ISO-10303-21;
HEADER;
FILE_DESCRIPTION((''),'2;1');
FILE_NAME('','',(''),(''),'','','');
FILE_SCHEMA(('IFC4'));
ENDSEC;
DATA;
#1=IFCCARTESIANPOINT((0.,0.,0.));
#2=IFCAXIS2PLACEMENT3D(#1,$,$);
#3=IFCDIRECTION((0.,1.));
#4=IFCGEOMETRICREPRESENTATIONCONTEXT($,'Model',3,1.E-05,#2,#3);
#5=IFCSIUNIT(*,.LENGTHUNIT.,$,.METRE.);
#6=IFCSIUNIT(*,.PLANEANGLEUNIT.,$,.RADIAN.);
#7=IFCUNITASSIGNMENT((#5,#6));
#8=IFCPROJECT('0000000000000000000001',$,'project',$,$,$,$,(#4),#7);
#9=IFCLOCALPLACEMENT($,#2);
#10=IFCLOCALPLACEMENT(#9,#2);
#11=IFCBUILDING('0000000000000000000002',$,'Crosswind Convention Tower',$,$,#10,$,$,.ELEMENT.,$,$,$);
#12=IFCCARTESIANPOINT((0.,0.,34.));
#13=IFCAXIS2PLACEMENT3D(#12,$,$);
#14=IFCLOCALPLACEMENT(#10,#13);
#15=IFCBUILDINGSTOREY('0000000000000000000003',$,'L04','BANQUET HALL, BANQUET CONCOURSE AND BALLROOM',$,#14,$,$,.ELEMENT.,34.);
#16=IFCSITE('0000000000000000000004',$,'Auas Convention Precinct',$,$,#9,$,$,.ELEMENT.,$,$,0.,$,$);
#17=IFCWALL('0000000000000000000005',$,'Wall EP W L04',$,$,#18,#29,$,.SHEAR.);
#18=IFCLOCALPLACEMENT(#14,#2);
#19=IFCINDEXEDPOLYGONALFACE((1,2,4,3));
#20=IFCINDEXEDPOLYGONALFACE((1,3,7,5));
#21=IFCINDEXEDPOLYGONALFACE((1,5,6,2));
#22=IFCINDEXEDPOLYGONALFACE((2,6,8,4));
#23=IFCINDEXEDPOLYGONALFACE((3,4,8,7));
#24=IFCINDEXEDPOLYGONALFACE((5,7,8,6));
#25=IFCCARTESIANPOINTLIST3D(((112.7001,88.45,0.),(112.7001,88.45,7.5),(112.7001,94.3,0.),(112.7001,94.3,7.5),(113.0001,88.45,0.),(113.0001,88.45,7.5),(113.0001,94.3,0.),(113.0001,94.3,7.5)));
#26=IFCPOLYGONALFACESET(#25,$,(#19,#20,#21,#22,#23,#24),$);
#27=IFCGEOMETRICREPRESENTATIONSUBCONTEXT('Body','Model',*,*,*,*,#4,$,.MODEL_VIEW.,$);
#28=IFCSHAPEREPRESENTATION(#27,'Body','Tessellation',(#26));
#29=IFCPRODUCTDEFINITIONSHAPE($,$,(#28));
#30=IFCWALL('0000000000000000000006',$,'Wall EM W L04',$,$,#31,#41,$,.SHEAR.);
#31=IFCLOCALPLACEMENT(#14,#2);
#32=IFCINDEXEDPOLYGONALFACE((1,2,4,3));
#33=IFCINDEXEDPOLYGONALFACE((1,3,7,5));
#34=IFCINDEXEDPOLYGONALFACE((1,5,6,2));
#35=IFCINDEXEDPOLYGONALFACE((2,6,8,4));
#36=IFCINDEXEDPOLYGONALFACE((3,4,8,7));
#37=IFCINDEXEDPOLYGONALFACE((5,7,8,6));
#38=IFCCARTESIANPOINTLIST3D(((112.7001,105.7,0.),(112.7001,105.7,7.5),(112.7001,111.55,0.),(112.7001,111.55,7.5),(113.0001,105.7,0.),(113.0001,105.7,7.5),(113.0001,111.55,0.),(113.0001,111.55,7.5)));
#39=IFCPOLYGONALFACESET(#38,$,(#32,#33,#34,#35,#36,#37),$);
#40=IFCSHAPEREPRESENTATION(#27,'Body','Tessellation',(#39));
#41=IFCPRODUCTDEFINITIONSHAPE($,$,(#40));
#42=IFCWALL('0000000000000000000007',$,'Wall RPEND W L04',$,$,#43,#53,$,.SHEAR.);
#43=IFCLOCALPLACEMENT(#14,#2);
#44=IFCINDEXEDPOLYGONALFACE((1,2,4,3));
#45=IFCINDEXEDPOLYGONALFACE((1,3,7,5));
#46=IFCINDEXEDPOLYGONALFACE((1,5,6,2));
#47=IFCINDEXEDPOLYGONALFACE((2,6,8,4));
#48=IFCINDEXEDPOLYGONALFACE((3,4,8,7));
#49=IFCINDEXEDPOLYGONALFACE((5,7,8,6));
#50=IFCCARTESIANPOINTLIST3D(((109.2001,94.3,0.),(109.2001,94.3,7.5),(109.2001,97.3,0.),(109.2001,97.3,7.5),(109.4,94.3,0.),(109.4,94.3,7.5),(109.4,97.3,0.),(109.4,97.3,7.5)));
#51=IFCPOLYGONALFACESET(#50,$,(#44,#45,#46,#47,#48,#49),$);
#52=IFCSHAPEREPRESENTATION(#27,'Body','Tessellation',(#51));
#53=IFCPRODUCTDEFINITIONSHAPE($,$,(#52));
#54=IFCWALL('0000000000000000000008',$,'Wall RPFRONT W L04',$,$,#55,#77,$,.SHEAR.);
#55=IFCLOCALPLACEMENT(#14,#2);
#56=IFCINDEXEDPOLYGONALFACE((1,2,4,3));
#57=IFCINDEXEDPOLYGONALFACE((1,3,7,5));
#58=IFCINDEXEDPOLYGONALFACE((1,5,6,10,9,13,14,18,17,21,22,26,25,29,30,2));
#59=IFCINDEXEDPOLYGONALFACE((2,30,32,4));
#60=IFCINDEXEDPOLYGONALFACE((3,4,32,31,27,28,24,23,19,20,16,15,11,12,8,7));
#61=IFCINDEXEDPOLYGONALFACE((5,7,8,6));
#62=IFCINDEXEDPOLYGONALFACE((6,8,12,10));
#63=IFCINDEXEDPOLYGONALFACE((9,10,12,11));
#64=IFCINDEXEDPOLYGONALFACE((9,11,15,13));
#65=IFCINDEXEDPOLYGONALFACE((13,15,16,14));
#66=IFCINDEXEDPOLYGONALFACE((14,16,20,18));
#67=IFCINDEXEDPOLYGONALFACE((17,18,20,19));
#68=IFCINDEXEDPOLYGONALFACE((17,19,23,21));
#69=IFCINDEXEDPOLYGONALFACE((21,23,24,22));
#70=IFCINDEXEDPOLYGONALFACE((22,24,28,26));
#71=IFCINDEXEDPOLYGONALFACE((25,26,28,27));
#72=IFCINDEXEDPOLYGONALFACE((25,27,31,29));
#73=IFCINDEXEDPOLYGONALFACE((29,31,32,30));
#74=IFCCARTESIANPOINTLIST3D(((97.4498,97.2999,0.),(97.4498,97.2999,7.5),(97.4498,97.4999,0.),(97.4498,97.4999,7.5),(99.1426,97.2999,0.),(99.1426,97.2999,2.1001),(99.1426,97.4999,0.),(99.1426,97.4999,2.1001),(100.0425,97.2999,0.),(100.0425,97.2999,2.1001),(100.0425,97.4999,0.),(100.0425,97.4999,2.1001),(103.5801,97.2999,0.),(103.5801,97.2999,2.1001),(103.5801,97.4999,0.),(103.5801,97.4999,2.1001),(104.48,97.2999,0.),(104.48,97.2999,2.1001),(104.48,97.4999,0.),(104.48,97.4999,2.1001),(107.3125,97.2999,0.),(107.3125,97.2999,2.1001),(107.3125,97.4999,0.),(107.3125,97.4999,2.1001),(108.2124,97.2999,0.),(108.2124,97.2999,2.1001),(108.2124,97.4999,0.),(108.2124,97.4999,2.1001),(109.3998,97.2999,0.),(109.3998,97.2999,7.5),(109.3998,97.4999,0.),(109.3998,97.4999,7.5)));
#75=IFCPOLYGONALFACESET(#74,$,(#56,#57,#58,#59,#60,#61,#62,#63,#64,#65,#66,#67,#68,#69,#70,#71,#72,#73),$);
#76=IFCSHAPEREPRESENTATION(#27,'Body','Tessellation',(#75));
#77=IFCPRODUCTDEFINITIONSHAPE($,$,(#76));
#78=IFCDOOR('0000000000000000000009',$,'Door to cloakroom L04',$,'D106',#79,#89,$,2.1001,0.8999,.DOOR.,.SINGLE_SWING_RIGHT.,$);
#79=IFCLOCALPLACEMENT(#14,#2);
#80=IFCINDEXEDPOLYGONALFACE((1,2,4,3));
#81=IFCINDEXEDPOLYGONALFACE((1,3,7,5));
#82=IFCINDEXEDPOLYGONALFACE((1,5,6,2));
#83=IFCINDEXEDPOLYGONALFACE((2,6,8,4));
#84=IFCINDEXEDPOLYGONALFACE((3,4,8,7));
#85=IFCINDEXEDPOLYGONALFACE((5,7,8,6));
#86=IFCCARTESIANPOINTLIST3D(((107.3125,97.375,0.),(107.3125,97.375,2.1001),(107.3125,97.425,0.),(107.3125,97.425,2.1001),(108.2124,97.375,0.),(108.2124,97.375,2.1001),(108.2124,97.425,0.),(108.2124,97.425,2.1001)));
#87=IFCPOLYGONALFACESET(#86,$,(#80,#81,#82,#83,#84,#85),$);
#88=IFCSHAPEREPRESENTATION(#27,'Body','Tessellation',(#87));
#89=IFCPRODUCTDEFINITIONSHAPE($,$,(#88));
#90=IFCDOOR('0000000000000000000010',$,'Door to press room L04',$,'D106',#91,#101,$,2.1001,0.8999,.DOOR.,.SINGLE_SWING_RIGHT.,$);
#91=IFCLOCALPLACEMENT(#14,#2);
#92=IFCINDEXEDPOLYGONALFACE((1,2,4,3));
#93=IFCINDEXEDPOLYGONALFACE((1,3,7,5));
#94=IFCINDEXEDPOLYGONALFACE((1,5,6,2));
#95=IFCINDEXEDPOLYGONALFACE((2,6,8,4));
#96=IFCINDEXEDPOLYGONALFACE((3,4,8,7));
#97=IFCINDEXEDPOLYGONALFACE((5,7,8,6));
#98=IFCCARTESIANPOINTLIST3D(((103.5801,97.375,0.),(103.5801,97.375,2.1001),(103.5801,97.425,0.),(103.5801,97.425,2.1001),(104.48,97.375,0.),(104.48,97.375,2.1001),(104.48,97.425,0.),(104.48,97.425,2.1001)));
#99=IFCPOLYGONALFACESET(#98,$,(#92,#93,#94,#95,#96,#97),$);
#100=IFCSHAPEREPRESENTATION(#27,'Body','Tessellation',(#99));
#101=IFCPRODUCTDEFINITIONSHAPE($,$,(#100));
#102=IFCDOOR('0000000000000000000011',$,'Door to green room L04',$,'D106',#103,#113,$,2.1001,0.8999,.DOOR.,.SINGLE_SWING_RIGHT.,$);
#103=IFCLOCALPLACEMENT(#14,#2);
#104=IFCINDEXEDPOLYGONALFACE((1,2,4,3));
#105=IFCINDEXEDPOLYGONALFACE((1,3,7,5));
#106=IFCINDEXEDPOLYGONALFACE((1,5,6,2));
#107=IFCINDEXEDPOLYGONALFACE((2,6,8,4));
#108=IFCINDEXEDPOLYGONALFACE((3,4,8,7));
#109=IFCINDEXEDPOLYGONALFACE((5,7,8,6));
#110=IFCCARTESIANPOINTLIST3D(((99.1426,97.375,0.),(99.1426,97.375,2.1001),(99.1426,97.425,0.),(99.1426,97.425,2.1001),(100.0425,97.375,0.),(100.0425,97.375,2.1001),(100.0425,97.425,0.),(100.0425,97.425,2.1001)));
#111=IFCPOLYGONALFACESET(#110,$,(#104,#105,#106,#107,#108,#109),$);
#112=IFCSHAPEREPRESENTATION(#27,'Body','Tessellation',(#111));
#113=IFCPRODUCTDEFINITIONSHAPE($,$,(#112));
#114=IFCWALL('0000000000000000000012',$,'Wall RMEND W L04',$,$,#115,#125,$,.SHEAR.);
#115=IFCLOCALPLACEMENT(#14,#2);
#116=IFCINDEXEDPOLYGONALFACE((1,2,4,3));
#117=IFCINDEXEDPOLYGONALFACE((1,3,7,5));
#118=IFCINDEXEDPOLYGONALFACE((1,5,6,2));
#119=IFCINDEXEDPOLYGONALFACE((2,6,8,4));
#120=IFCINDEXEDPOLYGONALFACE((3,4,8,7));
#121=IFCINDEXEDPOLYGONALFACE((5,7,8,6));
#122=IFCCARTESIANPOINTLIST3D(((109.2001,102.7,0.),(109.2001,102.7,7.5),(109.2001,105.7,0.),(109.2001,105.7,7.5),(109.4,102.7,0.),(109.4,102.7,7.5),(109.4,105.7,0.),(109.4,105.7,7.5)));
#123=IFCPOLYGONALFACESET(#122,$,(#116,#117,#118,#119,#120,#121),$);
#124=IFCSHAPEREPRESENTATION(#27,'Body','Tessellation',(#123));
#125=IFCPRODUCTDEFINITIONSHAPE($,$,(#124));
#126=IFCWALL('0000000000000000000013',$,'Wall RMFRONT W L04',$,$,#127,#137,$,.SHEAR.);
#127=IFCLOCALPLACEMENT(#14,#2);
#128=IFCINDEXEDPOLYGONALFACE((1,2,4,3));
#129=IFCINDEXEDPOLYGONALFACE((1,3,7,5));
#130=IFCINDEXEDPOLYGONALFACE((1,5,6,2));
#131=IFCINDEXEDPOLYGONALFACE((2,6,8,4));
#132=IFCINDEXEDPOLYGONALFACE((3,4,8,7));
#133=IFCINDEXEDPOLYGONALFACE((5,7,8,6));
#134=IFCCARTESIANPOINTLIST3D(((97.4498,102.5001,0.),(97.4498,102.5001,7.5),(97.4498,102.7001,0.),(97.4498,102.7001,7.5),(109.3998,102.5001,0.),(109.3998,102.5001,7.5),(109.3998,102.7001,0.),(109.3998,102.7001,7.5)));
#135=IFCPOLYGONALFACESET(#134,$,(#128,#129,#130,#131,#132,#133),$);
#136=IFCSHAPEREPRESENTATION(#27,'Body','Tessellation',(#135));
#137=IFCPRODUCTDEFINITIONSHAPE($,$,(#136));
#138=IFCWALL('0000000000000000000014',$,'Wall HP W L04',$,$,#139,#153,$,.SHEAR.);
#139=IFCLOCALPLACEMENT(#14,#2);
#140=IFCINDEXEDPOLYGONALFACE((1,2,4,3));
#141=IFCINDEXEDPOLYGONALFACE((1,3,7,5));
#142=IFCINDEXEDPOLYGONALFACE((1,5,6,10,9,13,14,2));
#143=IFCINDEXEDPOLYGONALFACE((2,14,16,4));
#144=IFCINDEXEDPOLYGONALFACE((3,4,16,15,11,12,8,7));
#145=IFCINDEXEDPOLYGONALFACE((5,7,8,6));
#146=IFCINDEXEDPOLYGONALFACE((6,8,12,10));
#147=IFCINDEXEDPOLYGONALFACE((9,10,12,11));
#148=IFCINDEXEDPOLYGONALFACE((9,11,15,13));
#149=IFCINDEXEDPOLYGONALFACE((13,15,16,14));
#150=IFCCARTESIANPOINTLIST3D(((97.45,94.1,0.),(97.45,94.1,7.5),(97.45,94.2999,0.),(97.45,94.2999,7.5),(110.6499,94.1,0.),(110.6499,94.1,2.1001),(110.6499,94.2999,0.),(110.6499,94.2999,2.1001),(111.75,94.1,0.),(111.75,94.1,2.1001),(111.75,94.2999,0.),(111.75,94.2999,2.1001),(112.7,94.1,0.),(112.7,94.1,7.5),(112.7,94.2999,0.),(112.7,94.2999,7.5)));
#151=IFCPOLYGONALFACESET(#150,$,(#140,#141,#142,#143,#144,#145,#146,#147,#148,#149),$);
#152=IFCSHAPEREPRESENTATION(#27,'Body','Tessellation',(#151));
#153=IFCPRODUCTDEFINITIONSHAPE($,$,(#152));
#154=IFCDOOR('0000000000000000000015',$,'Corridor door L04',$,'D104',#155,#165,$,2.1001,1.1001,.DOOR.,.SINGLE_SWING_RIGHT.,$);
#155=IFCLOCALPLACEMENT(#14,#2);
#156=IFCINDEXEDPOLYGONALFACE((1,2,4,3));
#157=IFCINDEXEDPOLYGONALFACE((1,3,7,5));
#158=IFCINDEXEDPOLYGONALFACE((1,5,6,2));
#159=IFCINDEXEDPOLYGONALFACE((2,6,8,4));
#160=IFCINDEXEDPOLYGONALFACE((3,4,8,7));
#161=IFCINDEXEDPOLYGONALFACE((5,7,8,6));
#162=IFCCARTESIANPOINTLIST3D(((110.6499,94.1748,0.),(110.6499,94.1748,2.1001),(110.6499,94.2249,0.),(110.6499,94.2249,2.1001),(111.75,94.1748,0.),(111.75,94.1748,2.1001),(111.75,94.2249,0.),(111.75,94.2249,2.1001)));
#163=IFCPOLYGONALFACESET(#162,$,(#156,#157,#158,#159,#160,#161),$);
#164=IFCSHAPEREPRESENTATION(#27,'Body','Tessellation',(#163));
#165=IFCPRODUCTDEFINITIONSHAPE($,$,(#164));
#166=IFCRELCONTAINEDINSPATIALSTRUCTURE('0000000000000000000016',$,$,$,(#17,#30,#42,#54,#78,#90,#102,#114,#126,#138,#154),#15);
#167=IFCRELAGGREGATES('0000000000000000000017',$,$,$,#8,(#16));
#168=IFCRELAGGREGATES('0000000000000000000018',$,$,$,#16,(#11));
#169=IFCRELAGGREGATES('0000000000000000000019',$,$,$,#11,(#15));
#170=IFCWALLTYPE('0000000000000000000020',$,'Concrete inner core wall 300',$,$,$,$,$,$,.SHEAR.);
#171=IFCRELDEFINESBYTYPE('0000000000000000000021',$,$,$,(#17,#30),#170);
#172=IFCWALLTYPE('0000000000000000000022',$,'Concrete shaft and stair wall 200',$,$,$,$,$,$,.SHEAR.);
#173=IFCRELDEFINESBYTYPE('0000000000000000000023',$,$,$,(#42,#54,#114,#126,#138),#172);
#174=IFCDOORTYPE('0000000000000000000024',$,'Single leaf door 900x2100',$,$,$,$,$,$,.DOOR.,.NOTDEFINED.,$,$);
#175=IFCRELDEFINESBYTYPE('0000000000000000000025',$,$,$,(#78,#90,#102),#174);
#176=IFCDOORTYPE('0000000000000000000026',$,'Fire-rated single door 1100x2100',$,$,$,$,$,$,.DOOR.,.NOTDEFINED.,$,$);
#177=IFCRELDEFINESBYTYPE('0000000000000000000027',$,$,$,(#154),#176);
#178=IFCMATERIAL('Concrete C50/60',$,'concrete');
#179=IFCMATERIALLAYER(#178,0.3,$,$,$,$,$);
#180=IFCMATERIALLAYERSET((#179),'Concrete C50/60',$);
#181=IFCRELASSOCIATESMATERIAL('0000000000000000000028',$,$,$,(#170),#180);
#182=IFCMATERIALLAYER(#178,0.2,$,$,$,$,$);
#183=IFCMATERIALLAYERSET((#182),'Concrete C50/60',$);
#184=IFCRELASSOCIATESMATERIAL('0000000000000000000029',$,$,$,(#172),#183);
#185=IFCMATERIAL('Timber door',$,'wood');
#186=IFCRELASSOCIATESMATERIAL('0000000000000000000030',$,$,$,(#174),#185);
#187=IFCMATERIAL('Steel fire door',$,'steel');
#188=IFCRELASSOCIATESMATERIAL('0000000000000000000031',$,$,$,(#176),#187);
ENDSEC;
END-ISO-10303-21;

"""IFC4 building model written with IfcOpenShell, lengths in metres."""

from ifc_helpers import new_model, si_unit, direction, frame, frame_2d, origin, place, context, subcontext, project, spatial, rectangle, extrude, material, layer, layer_set, type_object, element, fill, save


model = new_model("IFC4")

# Units and contexts
model_context = context("Model", 3, precision=1e-05, world=origin(), true_north=direction((0.0, 1.0)))
body_context = subcontext(model_context, "Body", "Model", "MODEL_VIEW")
ifc_project = project(units=[si_unit("LENGTHUNIT", "METRE"), si_unit("PLANEANGLEUNIT", "RADIAN")], contexts=[model_context])

# Site, building, storey
site_placement = place(None, origin())
site = spatial("IfcSite", under=ifc_project, at=site_placement, Name="Auas Convention Precinct", CompositionType="ELEMENT", RefElevation=0.0)
building_placement = place(site_placement, origin())
building = spatial("IfcBuilding", under=site, at=building_placement, Name="Crosswind Convention Tower", CompositionType="ELEMENT")
storey_placement = place(building_placement, frame((0.0, 0.0, 34.0)))
storey = spatial("IfcBuildingStorey", under=building, at=storey_placement, Name="L04", Description="BANQUET HALL, BANQUET CONCOURSE AND BALLROOM", CompositionType="ELEMENT", Elevation=34.0)

# Shared definitions
ifc_material_1 = material(Name="Concrete C50/60", Category="concrete")
ifc_layer_1 = layer(ifc_material_1, 0.3)
ifc_layer_set_1 = layer_set([ifc_layer_1], Name="Concrete C50/60")
wall_type_1 = type_object("IfcWallType", Name="Concrete inner core wall 300", PredefinedType="SHEAR", material=ifc_layer_set_1)

# Walls
for number, where, z_axis, x_axis, name in (
    (1, (112.8501, 94.3, 0.0), (0.0, 0.0, 1.0), (0.0, -1.0, 0.0), "Wall EP W L04"),
    (2, (112.8501, 111.55, 0.0), (0.0, 0.0, 1.0), (0.0, -1.0, 0.0), "Wall EM W L04"),
):
    element("IfcWall", number, at=place(storey_placement, frame(where, z_axis=z_axis, x_axis=x_axis)), inside=storey, type_object=wall_type_1, Name=name, PredefinedType="SHEAR", context=body_context, shape_type="SweptSolid", body=[
        extrude(rectangle(XDim=5.8501, YDim=0.3, at=frame_2d((2.925, 0.0))), origin(), (0.0, 0.0, 1.0), 7.5),
    ])
ifc_layer_2 = layer(ifc_material_1, 0.2)
ifc_layer_set_2 = layer_set([ifc_layer_2], Name="Concrete C50/60")
wall_type_2 = type_object("IfcWallType", Name="Concrete shaft and stair wall 200", PredefinedType="SHEAR", material=ifc_layer_set_2)
wall_1_placement = place(storey_placement, frame((109.3, 97.3, 0.0), z_axis=(0.0, 0.0, 1.0), x_axis=(0.0, -1.0, 0.0)))
element("IfcWall", 3, at=wall_1_placement, inside=storey, type_object=wall_type_2, Name="Wall RPEND W L04", PredefinedType="SHEAR", context=body_context, shape_type="SweptSolid", body=[
    extrude(rectangle(XDim=3.0, YDim=0.2, at=frame_2d((1.5, 0.0))), origin(), (0.0, 0.0, 1.0), 7.5),
])

# Wall, openings, doors
wall_2_placement = place(storey_placement, frame((109.3999, 97.3999, 0.0), z_axis=(0.0, 0.0, 1.0), x_axis=(-1.0, 0.0, 0.0)))
wall_2 = element("IfcWall", 4, at=wall_2_placement, inside=storey, type_object=wall_type_2, Name="Wall RPFRONT W L04", PredefinedType="SHEAR", context=body_context, shape_type="SweptSolid", body=[
    extrude(rectangle(XDim=11.95, YDim=0.2, at=frame_2d((5.9751, 0.0))), origin(), (0.0, 0.0, 1.0), 7.5),
])
opening_1_placement = place(wall_2_placement, frame((1.1875, 0.0, 0.0)))
opening_1 = element("IfcOpeningElement", 5, at=opening_1_placement, cuts=wall_2, PredefinedType="OPENING", context=body_context, shape_type="SweptSolid", body=[
    extrude(rectangle(XDim=0.8999, YDim=2.1001, at=frame_2d((0.45, 1.05))), frame((0.0, 0.1099, 0.0), z_axis=(0.0, -1.0, 0.0), x_axis=(1.0, 0.0, 0.0)), (0.0, 0.0, 1.0), 0.22),
])
opening_2_placement = place(wall_2_placement, frame((4.9199, 0.0, 0.0)))
opening_2 = element("IfcOpeningElement", 6, at=opening_2_placement, cuts=wall_2, PredefinedType="OPENING", context=body_context, shape_type="SweptSolid", body=[
    extrude(rectangle(XDim=0.8999, YDim=2.1001, at=frame_2d((0.45, 1.05))), frame((0.0, 0.1099, 0.0), z_axis=(0.0, -1.0, 0.0), x_axis=(1.0, 0.0, 0.0)), (0.0, 0.0, 1.0), 0.22),
])
opening_3_placement = place(wall_2_placement, frame((9.3574, 0.0, 0.0)))
opening_3 = element("IfcOpeningElement", 7, at=opening_3_placement, cuts=wall_2, PredefinedType="OPENING", context=body_context, shape_type="SweptSolid", body=[
    extrude(rectangle(XDim=0.8999, YDim=2.1001, at=frame_2d((0.45, 1.05))), frame((0.0, 0.1099, 0.0), z_axis=(0.0, -1.0, 0.0), x_axis=(1.0, 0.0, 0.0)), (0.0, 0.0, 1.0), 0.22),
])
ifc_material_2 = material(Name="Timber door", Category="wood")
door_type_1 = type_object("IfcDoorType", Name="Single leaf door 900x2100", OperationType="NOTDEFINED", PredefinedType="DOOR", material=ifc_material_2)
door_1_placement = place(opening_1_placement, origin())
door_1 = element("IfcDoor", 8, at=door_1_placement, inside=storey, type_object=door_type_1, Name="Door to cloakroom L04", ObjectType="D106", OperationType="SINGLE_SWING_RIGHT", OverallHeight=2.1001, OverallWidth=0.8999, PredefinedType="DOOR", context=body_context, shape_type="SweptSolid", body=[
    extrude(rectangle(XDim=0.8999, YDim=2.1001, at=frame_2d((0.45, 1.05))), frame((0.0, 0.0249, 0.0), z_axis=(0.0, -1.0, 0.0), x_axis=(1.0, 0.0, 0.0)), (0.0, 0.0, 1.0), 0.05),
])
fill(opening_1, door_1)
door_2_placement = place(opening_2_placement, origin())
door_2 = element("IfcDoor", 9, at=door_2_placement, inside=storey, type_object=door_type_1, Name="Door to press room L04", ObjectType="D106", OperationType="SINGLE_SWING_RIGHT", OverallHeight=2.1001, OverallWidth=0.8999, PredefinedType="DOOR", context=body_context, shape_type="SweptSolid", body=[
    extrude(rectangle(XDim=0.8999, YDim=2.1001, at=frame_2d((0.45, 1.05))), frame((0.0, 0.0249, 0.0), z_axis=(0.0, -1.0, 0.0), x_axis=(1.0, 0.0, 0.0)), (0.0, 0.0, 1.0), 0.05),
])
fill(opening_2, door_2)
door_3_placement = place(opening_3_placement, origin())
door_3 = element("IfcDoor", 10, at=door_3_placement, inside=storey, type_object=door_type_1, Name="Door to green room L04", ObjectType="D106", OperationType="SINGLE_SWING_RIGHT", OverallHeight=2.1001, OverallWidth=0.8999, PredefinedType="DOOR", context=body_context, shape_type="SweptSolid", body=[
    extrude(rectangle(XDim=0.8999, YDim=2.1001, at=frame_2d((0.45, 1.05))), frame((0.0, 0.0249, 0.0), z_axis=(0.0, -1.0, 0.0), x_axis=(1.0, 0.0, 0.0)), (0.0, 0.0, 1.0), 0.05),
])
fill(opening_3, door_3)

# Walls
wall_3_placement = place(storey_placement, frame((109.3, 105.7, 0.0), z_axis=(0.0, 0.0, 1.0), x_axis=(0.0, -1.0, 0.0)))
element("IfcWall", 11, at=wall_3_placement, inside=storey, type_object=wall_type_2, Name="Wall RMEND W L04", PredefinedType="SHEAR", context=body_context, shape_type="SweptSolid", body=[
    extrude(rectangle(XDim=3.0, YDim=0.2, at=frame_2d((1.5, 0.0))), origin(), (0.0, 0.0, 1.0), 7.5),
])
wall_4_placement = place(storey_placement, frame((109.3999, 102.6001, 0.0), z_axis=(0.0, 0.0, 1.0), x_axis=(-1.0, 0.0, 0.0)))
element("IfcWall", 12, at=wall_4_placement, inside=storey, type_object=wall_type_2, Name="Wall RMFRONT W L04", PredefinedType="SHEAR", context=body_context, shape_type="SweptSolid", body=[
    extrude(rectangle(XDim=11.95, YDim=0.2, at=frame_2d((5.9751, 0.0))), origin(), (0.0, 0.0, 1.0), 7.5),
])

# Wall, opening, door
wall_5_placement = place(storey_placement, frame((112.7, 94.2, 0.0), z_axis=(0.0, 0.0, 1.0), x_axis=(-1.0, 0.0, 0.0)))
wall_5 = element("IfcWall", 13, at=wall_5_placement, inside=storey, type_object=wall_type_2, Name="Wall HP W L04", PredefinedType="SHEAR", context=body_context, shape_type="SweptSolid", body=[
    extrude(rectangle(XDim=15.25, YDim=0.2, at=frame_2d((7.625, 0.0))), origin(), (0.0, 0.0, 1.0), 7.5),
])
opening_4_placement = place(wall_5_placement, frame((0.95, 0.0, 0.0)))
opening_4 = element("IfcOpeningElement", 14, at=opening_4_placement, cuts=wall_5, PredefinedType="OPENING", context=body_context, shape_type="SweptSolid", body=[
    extrude(rectangle(XDim=1.1001, YDim=2.1001, at=frame_2d((0.55, 1.05))), frame((0.0, 0.1099, 0.0), z_axis=(0.0, -1.0, 0.0), x_axis=(1.0, 0.0, 0.0)), (0.0, 0.0, 1.0), 0.22),
])
ifc_material_3 = material(Name="Steel fire door", Category="steel")
door_type_2 = type_object("IfcDoorType", Name="Fire-rated single door 1100x2100", OperationType="NOTDEFINED", PredefinedType="DOOR", material=ifc_material_3)
door_4_placement = place(opening_4_placement, frame((1.1001, 0.0, 0.0), z_axis=(0.0, 0.0, 1.0), x_axis=(-1.0, 0.0, 0.0)))
door_4 = element("IfcDoor", 15, at=door_4_placement, inside=storey, type_object=door_type_2, Name="Corridor door L04", ObjectType="D104", OperationType="SINGLE_SWING_RIGHT", OverallHeight=2.1001, OverallWidth=1.1001, PredefinedType="DOOR", context=body_context, shape_type="SweptSolid", body=[
    extrude(rectangle(XDim=1.1001, YDim=2.1001, at=frame_2d((0.55, 1.05))), frame((0.0, 0.0249, 0.0), z_axis=(0.0, -1.0, 0.0), x_axis=(1.0, 0.0, 0.0)), (0.0, 0.0, 1.0), 0.05),
])
fill(opening_4, door_4)

save(model, "model.ifc")
